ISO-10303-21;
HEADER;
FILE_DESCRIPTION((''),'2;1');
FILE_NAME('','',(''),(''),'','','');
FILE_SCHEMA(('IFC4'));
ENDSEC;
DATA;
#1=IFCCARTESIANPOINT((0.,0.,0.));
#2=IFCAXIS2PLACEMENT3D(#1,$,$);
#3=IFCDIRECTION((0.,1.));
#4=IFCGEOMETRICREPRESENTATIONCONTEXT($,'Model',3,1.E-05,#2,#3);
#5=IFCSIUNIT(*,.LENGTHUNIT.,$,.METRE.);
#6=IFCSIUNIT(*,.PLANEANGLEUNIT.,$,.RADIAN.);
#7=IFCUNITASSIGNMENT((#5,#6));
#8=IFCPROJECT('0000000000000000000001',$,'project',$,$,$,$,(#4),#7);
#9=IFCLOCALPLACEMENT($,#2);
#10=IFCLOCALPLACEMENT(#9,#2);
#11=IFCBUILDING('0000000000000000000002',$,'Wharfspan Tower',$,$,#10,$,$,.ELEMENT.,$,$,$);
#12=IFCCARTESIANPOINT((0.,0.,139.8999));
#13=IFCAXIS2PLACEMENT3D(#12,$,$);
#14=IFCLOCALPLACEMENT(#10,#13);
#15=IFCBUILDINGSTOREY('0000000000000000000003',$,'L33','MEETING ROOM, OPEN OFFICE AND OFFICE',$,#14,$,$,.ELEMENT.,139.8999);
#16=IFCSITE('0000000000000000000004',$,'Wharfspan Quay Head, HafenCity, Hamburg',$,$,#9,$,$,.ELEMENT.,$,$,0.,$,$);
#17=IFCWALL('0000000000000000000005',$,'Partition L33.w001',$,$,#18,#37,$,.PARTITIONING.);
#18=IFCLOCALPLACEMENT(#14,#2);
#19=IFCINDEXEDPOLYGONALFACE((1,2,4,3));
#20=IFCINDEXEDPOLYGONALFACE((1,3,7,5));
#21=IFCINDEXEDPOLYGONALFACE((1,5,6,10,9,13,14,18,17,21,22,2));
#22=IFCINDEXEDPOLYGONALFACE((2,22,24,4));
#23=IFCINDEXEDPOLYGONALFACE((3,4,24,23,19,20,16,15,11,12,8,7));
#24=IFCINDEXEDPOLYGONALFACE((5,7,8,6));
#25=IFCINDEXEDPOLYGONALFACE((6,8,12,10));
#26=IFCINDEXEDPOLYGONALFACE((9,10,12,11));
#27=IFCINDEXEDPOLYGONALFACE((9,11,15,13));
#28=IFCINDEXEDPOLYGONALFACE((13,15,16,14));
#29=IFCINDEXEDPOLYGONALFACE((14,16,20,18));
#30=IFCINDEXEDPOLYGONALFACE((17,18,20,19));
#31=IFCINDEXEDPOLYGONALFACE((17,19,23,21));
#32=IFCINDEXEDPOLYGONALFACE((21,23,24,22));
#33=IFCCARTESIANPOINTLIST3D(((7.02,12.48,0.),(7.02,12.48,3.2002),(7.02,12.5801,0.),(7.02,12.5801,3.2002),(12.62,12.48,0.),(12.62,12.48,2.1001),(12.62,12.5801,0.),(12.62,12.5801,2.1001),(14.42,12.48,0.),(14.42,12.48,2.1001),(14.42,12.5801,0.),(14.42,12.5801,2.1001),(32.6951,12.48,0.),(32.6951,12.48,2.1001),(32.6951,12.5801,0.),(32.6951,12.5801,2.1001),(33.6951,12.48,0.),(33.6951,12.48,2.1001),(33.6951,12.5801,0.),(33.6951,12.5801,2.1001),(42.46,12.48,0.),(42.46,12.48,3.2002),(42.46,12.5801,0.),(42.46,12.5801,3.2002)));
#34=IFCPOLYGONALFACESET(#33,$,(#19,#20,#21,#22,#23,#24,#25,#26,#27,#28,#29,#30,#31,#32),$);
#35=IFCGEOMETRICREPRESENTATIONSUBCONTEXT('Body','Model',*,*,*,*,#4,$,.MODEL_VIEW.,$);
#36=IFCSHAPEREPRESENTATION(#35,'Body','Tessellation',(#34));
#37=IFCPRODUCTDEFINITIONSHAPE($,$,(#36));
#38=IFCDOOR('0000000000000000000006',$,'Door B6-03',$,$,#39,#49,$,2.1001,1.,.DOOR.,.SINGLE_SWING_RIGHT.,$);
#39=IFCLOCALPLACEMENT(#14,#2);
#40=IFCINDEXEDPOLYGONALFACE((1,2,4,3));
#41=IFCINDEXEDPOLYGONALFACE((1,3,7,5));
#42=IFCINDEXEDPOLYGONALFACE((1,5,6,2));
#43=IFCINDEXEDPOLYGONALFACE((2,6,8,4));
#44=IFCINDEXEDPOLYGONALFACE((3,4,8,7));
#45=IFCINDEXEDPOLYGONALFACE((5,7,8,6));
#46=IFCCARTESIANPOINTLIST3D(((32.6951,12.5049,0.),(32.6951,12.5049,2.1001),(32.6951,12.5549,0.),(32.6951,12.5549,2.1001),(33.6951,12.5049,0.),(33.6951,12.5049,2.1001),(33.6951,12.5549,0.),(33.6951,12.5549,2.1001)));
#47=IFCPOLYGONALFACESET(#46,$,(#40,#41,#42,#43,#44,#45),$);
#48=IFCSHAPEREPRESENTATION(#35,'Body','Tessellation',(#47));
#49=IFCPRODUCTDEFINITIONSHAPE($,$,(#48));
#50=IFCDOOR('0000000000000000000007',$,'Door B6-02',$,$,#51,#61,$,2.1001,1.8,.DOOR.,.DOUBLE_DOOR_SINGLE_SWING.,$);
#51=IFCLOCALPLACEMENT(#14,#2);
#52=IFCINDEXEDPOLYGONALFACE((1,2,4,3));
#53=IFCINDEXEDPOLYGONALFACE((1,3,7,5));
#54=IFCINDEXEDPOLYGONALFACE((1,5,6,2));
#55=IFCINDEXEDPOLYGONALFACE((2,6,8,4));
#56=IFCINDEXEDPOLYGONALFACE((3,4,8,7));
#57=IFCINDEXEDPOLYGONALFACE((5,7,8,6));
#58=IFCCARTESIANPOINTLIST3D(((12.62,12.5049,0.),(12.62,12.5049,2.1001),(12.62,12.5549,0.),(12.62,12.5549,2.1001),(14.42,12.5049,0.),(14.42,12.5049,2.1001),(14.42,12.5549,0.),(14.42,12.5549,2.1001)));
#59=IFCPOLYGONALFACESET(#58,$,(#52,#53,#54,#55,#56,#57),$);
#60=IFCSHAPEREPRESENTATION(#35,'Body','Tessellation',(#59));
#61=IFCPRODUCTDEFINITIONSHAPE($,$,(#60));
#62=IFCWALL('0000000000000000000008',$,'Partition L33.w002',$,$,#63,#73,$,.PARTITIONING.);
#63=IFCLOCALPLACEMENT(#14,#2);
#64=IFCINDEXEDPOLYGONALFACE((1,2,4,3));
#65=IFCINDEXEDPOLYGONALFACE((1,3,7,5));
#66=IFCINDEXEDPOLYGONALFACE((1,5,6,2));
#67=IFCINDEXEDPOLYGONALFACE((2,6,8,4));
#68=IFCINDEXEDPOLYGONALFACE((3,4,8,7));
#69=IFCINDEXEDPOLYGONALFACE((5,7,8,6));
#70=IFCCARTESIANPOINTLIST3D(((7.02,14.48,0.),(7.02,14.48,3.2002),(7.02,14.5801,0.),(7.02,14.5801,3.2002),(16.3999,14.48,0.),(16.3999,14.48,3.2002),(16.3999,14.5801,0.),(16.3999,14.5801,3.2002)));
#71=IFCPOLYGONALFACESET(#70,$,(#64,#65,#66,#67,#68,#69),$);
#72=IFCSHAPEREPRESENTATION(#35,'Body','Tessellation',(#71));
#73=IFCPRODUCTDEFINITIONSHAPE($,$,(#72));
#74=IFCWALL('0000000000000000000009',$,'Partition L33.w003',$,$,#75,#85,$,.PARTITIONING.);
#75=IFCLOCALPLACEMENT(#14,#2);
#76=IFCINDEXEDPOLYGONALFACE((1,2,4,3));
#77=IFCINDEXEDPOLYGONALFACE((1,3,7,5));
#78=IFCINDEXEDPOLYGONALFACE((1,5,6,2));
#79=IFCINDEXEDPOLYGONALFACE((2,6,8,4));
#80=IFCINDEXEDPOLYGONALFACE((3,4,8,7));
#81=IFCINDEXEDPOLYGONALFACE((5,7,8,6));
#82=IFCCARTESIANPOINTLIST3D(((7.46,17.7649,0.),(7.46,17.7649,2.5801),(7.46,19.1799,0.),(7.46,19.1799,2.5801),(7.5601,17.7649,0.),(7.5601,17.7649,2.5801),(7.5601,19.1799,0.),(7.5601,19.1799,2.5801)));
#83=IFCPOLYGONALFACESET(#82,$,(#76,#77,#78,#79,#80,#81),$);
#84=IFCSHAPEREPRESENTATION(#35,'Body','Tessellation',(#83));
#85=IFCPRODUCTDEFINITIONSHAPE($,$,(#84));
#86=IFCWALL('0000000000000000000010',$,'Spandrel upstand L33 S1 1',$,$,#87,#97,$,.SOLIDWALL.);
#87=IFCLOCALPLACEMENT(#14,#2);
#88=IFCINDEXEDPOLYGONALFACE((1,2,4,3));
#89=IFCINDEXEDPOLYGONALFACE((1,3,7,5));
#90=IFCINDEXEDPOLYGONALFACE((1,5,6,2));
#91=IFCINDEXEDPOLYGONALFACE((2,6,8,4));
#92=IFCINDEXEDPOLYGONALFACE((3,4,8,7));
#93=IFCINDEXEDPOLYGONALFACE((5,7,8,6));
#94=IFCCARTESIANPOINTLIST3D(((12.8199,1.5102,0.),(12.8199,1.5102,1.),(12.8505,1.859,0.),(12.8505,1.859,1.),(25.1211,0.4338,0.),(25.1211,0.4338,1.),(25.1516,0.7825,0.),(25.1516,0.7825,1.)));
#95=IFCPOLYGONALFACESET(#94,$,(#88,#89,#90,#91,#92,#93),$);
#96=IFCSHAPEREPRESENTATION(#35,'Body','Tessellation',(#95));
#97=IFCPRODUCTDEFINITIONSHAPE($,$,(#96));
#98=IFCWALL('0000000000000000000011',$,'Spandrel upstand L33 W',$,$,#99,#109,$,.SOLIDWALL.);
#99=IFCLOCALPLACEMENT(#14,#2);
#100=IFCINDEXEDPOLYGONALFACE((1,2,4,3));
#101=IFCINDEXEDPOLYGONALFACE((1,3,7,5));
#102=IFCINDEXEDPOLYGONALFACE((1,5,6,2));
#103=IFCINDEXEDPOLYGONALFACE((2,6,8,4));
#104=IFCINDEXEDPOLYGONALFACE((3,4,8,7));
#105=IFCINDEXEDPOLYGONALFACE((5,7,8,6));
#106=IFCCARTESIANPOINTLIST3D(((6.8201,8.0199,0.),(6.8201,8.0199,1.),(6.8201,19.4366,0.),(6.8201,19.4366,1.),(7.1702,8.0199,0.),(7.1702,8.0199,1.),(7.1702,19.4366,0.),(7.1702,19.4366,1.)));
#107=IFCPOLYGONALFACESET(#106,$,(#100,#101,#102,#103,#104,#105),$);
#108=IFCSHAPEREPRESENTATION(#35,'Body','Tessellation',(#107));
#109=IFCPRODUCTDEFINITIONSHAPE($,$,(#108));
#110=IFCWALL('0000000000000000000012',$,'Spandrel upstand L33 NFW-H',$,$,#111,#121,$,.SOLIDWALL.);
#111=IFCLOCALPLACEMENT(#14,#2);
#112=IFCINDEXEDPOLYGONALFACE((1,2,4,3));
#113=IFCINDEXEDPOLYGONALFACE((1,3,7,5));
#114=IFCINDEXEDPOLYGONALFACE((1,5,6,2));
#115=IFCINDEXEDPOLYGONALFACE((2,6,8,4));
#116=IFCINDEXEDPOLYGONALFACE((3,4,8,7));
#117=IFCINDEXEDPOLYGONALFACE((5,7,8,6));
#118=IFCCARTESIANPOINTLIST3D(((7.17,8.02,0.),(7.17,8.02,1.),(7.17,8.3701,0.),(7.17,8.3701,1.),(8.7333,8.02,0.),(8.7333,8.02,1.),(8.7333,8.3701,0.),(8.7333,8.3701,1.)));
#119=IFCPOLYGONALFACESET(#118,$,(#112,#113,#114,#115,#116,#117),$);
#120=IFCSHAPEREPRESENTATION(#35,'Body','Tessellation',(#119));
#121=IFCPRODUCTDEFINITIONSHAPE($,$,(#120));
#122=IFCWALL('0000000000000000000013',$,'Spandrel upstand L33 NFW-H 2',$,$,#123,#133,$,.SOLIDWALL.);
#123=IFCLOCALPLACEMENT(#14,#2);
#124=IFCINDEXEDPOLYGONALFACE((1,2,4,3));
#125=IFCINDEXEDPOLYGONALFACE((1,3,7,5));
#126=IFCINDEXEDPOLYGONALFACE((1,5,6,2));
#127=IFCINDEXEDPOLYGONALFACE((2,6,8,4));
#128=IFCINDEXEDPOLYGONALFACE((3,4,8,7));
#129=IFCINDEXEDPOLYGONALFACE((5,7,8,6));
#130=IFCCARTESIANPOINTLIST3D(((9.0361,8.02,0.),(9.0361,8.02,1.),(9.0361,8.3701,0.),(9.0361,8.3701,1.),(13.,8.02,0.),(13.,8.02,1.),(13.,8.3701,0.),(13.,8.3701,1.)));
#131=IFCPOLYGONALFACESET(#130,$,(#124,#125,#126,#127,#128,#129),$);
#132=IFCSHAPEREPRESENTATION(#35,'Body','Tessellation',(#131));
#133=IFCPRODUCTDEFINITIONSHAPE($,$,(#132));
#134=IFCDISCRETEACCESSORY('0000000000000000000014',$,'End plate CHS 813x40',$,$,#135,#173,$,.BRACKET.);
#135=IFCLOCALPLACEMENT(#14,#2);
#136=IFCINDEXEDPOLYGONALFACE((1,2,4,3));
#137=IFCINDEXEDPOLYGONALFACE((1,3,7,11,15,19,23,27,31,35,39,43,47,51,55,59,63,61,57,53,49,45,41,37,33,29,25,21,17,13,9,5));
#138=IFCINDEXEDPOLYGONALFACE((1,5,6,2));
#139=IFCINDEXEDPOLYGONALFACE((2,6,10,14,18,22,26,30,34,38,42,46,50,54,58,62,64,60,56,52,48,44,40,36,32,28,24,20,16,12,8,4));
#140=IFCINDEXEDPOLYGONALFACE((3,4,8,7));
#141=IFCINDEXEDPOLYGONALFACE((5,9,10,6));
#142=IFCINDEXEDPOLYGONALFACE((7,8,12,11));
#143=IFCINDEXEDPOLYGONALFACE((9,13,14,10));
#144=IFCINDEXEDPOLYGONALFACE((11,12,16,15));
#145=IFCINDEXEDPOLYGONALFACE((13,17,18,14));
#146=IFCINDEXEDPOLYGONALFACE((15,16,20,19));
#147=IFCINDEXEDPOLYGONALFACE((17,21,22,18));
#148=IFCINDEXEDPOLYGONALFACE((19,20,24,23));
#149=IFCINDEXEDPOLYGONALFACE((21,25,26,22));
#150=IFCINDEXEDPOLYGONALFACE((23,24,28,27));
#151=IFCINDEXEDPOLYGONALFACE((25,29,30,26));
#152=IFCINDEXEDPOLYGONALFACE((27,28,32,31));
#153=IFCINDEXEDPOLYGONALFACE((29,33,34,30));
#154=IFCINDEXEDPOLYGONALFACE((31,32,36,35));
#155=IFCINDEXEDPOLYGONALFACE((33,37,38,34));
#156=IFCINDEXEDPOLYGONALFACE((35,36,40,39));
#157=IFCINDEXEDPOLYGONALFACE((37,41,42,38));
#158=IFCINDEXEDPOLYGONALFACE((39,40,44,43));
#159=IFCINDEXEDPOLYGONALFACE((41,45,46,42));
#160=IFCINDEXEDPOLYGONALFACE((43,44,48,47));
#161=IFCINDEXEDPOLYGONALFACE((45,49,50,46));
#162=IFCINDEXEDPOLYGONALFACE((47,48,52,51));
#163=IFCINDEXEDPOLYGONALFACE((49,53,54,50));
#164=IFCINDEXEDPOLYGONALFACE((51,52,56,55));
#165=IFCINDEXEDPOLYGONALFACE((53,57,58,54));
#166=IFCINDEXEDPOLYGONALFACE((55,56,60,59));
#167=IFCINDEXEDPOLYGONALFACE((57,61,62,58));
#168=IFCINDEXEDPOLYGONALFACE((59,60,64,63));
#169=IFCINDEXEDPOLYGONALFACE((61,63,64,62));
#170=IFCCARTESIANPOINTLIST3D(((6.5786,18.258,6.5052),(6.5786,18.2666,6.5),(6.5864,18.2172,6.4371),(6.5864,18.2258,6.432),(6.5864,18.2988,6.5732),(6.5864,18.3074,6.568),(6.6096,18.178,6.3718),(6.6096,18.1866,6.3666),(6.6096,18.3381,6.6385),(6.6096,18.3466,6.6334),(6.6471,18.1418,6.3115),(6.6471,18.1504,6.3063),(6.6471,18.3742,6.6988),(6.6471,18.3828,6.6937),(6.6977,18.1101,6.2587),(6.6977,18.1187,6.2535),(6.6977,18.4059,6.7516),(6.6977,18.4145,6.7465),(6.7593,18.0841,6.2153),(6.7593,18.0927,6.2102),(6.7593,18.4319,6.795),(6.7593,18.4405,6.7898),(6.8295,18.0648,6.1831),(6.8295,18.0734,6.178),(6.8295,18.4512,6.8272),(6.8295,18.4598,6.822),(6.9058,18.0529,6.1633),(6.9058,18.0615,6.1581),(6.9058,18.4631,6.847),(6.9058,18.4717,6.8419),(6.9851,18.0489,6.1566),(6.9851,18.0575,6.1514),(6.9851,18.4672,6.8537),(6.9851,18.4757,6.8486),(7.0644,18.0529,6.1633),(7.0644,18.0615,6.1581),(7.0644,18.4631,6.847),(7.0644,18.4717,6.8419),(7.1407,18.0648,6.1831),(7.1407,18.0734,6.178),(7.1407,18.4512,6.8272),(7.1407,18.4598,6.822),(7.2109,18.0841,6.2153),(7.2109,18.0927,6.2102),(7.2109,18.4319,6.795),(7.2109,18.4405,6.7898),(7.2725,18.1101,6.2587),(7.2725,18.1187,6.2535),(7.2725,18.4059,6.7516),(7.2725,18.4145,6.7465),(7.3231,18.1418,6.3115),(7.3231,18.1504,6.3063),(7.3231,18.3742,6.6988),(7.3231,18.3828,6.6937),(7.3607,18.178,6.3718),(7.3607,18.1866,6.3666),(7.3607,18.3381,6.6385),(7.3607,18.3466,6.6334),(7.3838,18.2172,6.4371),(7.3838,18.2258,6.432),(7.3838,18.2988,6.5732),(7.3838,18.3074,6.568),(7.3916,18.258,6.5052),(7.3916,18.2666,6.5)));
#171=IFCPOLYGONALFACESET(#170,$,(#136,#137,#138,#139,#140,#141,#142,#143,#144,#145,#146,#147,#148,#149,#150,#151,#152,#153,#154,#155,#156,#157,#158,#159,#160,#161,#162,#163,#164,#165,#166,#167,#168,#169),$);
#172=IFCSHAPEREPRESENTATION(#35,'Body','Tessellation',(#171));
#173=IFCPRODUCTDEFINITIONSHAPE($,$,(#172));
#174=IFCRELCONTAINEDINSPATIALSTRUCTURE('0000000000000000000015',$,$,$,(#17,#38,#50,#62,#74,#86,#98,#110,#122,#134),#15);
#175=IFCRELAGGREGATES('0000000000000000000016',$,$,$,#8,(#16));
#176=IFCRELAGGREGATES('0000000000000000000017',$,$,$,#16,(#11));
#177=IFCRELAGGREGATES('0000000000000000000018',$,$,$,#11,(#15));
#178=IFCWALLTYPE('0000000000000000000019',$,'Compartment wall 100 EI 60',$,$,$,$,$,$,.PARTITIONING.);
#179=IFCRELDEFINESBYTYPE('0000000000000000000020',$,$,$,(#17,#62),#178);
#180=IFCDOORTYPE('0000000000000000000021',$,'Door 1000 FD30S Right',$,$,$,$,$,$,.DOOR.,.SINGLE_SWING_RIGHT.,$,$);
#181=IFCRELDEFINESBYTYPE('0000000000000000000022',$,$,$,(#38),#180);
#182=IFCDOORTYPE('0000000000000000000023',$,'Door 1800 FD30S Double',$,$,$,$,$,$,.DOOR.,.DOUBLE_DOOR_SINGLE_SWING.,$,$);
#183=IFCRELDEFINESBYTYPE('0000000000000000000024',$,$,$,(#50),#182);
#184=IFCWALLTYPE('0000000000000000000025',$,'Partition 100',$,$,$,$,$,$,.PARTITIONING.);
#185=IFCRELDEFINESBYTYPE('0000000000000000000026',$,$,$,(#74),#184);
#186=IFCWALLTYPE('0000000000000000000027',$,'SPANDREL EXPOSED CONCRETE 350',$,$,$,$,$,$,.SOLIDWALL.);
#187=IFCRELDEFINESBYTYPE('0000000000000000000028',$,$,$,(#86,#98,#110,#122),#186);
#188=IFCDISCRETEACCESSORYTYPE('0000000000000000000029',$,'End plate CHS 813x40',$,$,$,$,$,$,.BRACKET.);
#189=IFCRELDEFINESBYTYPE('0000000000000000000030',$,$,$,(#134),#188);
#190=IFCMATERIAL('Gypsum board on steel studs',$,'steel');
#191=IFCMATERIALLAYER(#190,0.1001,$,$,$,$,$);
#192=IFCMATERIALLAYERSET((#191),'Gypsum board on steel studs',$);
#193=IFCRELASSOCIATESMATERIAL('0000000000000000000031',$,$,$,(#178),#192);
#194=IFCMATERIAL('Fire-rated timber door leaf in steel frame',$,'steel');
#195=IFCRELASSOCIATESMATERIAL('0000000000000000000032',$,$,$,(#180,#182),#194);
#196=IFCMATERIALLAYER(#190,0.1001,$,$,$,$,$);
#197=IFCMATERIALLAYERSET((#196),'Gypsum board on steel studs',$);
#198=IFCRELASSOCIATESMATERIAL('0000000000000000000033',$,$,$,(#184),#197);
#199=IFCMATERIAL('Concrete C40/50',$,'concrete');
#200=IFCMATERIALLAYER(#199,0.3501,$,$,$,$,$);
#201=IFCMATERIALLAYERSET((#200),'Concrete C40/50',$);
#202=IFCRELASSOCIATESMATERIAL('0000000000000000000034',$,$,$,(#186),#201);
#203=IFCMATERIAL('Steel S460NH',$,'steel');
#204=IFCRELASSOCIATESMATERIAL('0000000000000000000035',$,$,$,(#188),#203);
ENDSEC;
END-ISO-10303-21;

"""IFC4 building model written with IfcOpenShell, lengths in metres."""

from ifc_helpers import new_model, si_unit, direction, frame, frame_2d, origin, origin_2d, place, context, subcontext, project, spatial, rectangle, circle, extrude, material, layer, layer_set, material_profile, profile_set, type_object, element, fill, save


model = new_model("IFC4")

# Units and contexts
model_context = context("Model", 3, precision=1e-05, world=origin(), true_north=direction((0.0, 1.0)))
body_context = subcontext(model_context, "Body", "Model", "MODEL_VIEW")
ifc_project = project(units=[si_unit("LENGTHUNIT", "METRE"), si_unit("PLANEANGLEUNIT", "RADIAN")], contexts=[model_context])

# Site, building, storey
site_placement = place(None, origin())
site = spatial("IfcSite", under=ifc_project, at=site_placement, Name="Wharfspan Quay Head, HafenCity, Hamburg", CompositionType="ELEMENT", RefElevation=0.0)
building_placement = place(site_placement, origin())
building = spatial("IfcBuilding", under=site, at=building_placement, Name="Wharfspan Tower", CompositionType="ELEMENT")
storey_placement = place(building_placement, frame((0.0, 0.0, 139.8999)))
storey = spatial("IfcBuildingStorey", under=building, at=storey_placement, Name="L33", Description="MEETING ROOM, OPEN OFFICE AND OFFICE", CompositionType="ELEMENT", Elevation=139.8999)

# Shared definitions
ifc_material_1 = material(Name="Concrete C40/50", Category="concrete")

# Wall, openings, doors
ifc_material_2 = material(Name="Gypsum board on steel studs", Category="steel")
ifc_layer_1 = layer(ifc_material_2, 0.1001)
ifc_layer_set_1 = layer_set([ifc_layer_1], Name="Gypsum board on steel studs")
wall_type_1 = type_object("IfcWallType", Name="Compartment wall 100 EI 60", PredefinedType="PARTITIONING", material=ifc_layer_set_1)
wall_1_placement = place(storey_placement, frame((7.02, 12.53, 0.0), z_axis=(0.0, 0.0, 1.0), x_axis=(1.0, 0.0, 0.0)))
wall_1 = element("IfcWall", 1, at=wall_1_placement, inside=storey, type_object=wall_type_1, Name="Partition L33.w001", PredefinedType="PARTITIONING", context=body_context, shape_type="SweptSolid", body=[
    extrude(rectangle(XDim=35.4399, YDim=0.1001, at=frame_2d((17.72, 0.0))), origin(), (0.0, 0.0, 1.0), 3.2002),
])
opening_1_placement = place(wall_1_placement, frame((5.6001, 0.0, 0.0)))
opening_1 = element("IfcOpeningElement", 2, at=opening_1_placement, cuts=wall_1, PredefinedType="OPENING", context=body_context, shape_type="SweptSolid", body=[
    extrude(rectangle(XDim=1.8, YDim=2.1001, at=frame_2d((0.8999, 1.05))), frame((0.0, 0.0601, 0.0), z_axis=(0.0, -1.0, 0.0), x_axis=(1.0, 0.0, 0.0)), (0.0, 0.0, 1.0), 0.1201),
])
opening_2_placement = place(wall_1_placement, frame((25.675, 0.0, 0.0)))
opening_2 = element("IfcOpeningElement", 3, at=opening_2_placement, cuts=wall_1, PredefinedType="OPENING", context=body_context, shape_type="SweptSolid", body=[
    extrude(rectangle(XDim=1.0, YDim=2.1001, at=frame_2d((0.5, 1.05))), frame((0.0, 0.0601, 0.0), z_axis=(0.0, -1.0, 0.0), x_axis=(1.0, 0.0, 0.0)), (0.0, 0.0, 1.0), 0.1201),
])
ifc_material_3 = material(Name="Fire-rated timber door leaf in steel frame", Category="steel")
door_type_1 = type_object("IfcDoorType", Name="Door 1000 FD30S Right", OperationType="SINGLE_SWING_RIGHT", PredefinedType="DOOR", material=ifc_material_3)
door_1_placement = place(opening_2_placement, origin())
door_1 = element("IfcDoor", 4, at=door_1_placement, inside=storey, type_object=door_type_1, Name="Door B6-03", OperationType="SINGLE_SWING_RIGHT", OverallHeight=2.1001, OverallWidth=1.0, PredefinedType="DOOR", context=body_context, shape_type="SweptSolid", body=[
    extrude(rectangle(XDim=1.0, YDim=2.1001, at=frame_2d((0.5, 1.05))), frame((0.0, 0.0249, 0.0), z_axis=(0.0, -1.0, 0.0), x_axis=(1.0, 0.0, 0.0)), (0.0, 0.0, 1.0), 0.05),
])
fill(opening_2, door_1)
door_type_2 = type_object("IfcDoorType", Name="Door 1800 FD30S Double", OperationType="DOUBLE_DOOR_SINGLE_SWING", PredefinedType="DOOR", material=ifc_material_3)
door_2_placement = place(opening_1_placement, origin())
door_2 = element("IfcDoor", 5, at=door_2_placement, inside=storey, type_object=door_type_2, Name="Door B6-02", OperationType="DOUBLE_DOOR_SINGLE_SWING", OverallHeight=2.1001, OverallWidth=1.8, PredefinedType="DOOR", context=body_context, shape_type="SweptSolid", body=[
    extrude(rectangle(XDim=1.8, YDim=2.1001, at=frame_2d((0.8999, 1.05))), frame((0.0, 0.0249, 0.0), z_axis=(0.0, -1.0, 0.0), x_axis=(1.0, 0.0, 0.0)), (0.0, 0.0, 1.0), 0.05),
])
fill(opening_1, door_2)

# Walls
wall_2_placement = place(storey_placement, frame((7.02, 14.53, 0.0), z_axis=(0.0, 0.0, 1.0), x_axis=(1.0, 0.0, 0.0)))
element("IfcWall", 6, at=wall_2_placement, inside=storey, type_object=wall_type_1, Name="Partition L33.w002", PredefinedType="PARTITIONING", context=body_context, shape_type="SweptSolid", body=[
    extrude(rectangle(XDim=9.3799, YDim=0.1001, at=frame_2d((4.6899, 0.0))), origin(), (0.0, 0.0, 1.0), 3.2002),
])
ifc_layer_2 = layer(ifc_material_2, 0.1001)
ifc_layer_set_2 = layer_set([ifc_layer_2], Name="Gypsum board on steel studs")
wall_type_2 = type_object("IfcWallType", Name="Partition 100", PredefinedType="PARTITIONING", material=ifc_layer_set_2)
wall_3_placement = place(storey_placement, frame((7.51, 17.7649, 0.0), z_axis=(0.0, 0.0, 1.0), x_axis=(0.0, 1.0, 0.0)))
element("IfcWall", 7, at=wall_3_placement, inside=storey, type_object=wall_type_2, Name="Partition L33.w003", PredefinedType="PARTITIONING", context=body_context, shape_type="SweptSolid", body=[
    extrude(rectangle(XDim=1.415, YDim=0.1001, at=frame_2d((0.7075, 0.0))), origin(), (0.0, 0.0, 1.0), 2.5801),
])
ifc_layer_3 = layer(ifc_material_1, 0.3501)
ifc_layer_set_3 = layer_set([ifc_layer_3], Name="Concrete C40/50")
wall_type_3 = type_object("IfcWallType", Name="SPANDREL EXPOSED CONCRETE 350", PredefinedType="SOLIDWALL", material=ifc_layer_set_3)
wall_4_placement = place(storey_placement, frame((12.8352, 1.6846, 0.0), z_axis=(0.0, 0.0, 1.0), x_axis=(0.996192, -0.087173, 0.0)))
element("IfcWall", 8, at=wall_4_placement, inside=storey, type_object=wall_type_3, Name="Spandrel upstand L33 S1 1", PredefinedType="SOLIDWALL", context=body_context, shape_type="SweptSolid", body=[
    extrude(rectangle(XDim=12.3481, YDim=0.3501, at=frame_2d((6.1741, 0.0))), origin(), (0.0, 0.0, 1.0), 1.0),
])
wall_5_placement = place(storey_placement, frame((6.9951, 19.4368, 0.0), z_axis=(0.0, 0.0, 1.0), x_axis=(0.0, -1.0, 0.0)))
element("IfcWall", 9, at=wall_5_placement, inside=storey, type_object=wall_type_3, Name="Spandrel upstand L33 W", PredefinedType="SOLIDWALL", context=body_context, shape_type="SweptSolid", body=[
    extrude(rectangle(XDim=11.4167, YDim=0.3501, at=frame_2d((5.7085, 0.0))), origin(), (0.0, 0.0, 1.0), 1.0),
])
wall_6_placement = place(storey_placement, frame((7.1699, 8.1951, 0.0), z_axis=(0.0, 0.0, 1.0), x_axis=(1.0, 0.0, 0.0)))
element("IfcWall", 10, at=wall_6_placement, inside=storey, type_object=wall_type_3, Name="Spandrel upstand L33 NFW-H", PredefinedType="SOLIDWALL", context=body_context, shape_type="SweptSolid", body=[
    extrude(rectangle(XDim=1.5632, YDim=0.3501, at=frame_2d((0.7817, 0.0))), origin(), (0.0, 0.0, 1.0), 1.0),
])
wall_7_placement = place(storey_placement, frame((9.0361, 8.1951, 0.0), z_axis=(0.0, 0.0, 1.0), x_axis=(1.0, 0.0, 0.0)))
element("IfcWall", 11, at=wall_7_placement, inside=storey, type_object=wall_type_3, Name="Spandrel upstand L33 NFW-H 2", PredefinedType="SOLIDWALL", context=body_context, shape_type="SweptSolid", body=[
    extrude(rectangle(XDim=3.9639, YDim=0.3501, at=frame_2d((1.9819, 0.0))), origin(), (0.0, 0.0, 1.0), 1.0),
])

# Discrete accessory
ifc_material_4 = material(Name="Steel S460NH", Category="steel")
ifc_material_profile_1 = material_profile(ifc_material_4, circle(Radius=0.4065, at=origin_2d()))
ifc_profile_set_1 = profile_set([ifc_material_profile_1], Name="Steel S460NH")
discrete_accessory_type = type_object("IfcDiscreteAccessoryType", Name="End plate CHS 813x40", PredefinedType="BRACKET", material=ifc_profile_set_1)
discrete_accessory_placement = place(storey_placement, frame((6.9851, 18.2666, 6.5), z_axis=(0.0, -0.857493, 0.514496), x_axis=(1.0, 0.0, 0.0)))
element("IfcDiscreteAccessory", 12, at=discrete_accessory_placement, inside=storey, type_object=discrete_accessory_type, Name="End plate CHS 813x40", PredefinedType="BRACKET", context=body_context, shape_type="SweptSolid", body=[
    extrude(circle(Radius=0.4065, at=origin_2d()), origin(), (0.0, 0.0, 1.0), 0.01),
])

save(model, "model.ifc")
